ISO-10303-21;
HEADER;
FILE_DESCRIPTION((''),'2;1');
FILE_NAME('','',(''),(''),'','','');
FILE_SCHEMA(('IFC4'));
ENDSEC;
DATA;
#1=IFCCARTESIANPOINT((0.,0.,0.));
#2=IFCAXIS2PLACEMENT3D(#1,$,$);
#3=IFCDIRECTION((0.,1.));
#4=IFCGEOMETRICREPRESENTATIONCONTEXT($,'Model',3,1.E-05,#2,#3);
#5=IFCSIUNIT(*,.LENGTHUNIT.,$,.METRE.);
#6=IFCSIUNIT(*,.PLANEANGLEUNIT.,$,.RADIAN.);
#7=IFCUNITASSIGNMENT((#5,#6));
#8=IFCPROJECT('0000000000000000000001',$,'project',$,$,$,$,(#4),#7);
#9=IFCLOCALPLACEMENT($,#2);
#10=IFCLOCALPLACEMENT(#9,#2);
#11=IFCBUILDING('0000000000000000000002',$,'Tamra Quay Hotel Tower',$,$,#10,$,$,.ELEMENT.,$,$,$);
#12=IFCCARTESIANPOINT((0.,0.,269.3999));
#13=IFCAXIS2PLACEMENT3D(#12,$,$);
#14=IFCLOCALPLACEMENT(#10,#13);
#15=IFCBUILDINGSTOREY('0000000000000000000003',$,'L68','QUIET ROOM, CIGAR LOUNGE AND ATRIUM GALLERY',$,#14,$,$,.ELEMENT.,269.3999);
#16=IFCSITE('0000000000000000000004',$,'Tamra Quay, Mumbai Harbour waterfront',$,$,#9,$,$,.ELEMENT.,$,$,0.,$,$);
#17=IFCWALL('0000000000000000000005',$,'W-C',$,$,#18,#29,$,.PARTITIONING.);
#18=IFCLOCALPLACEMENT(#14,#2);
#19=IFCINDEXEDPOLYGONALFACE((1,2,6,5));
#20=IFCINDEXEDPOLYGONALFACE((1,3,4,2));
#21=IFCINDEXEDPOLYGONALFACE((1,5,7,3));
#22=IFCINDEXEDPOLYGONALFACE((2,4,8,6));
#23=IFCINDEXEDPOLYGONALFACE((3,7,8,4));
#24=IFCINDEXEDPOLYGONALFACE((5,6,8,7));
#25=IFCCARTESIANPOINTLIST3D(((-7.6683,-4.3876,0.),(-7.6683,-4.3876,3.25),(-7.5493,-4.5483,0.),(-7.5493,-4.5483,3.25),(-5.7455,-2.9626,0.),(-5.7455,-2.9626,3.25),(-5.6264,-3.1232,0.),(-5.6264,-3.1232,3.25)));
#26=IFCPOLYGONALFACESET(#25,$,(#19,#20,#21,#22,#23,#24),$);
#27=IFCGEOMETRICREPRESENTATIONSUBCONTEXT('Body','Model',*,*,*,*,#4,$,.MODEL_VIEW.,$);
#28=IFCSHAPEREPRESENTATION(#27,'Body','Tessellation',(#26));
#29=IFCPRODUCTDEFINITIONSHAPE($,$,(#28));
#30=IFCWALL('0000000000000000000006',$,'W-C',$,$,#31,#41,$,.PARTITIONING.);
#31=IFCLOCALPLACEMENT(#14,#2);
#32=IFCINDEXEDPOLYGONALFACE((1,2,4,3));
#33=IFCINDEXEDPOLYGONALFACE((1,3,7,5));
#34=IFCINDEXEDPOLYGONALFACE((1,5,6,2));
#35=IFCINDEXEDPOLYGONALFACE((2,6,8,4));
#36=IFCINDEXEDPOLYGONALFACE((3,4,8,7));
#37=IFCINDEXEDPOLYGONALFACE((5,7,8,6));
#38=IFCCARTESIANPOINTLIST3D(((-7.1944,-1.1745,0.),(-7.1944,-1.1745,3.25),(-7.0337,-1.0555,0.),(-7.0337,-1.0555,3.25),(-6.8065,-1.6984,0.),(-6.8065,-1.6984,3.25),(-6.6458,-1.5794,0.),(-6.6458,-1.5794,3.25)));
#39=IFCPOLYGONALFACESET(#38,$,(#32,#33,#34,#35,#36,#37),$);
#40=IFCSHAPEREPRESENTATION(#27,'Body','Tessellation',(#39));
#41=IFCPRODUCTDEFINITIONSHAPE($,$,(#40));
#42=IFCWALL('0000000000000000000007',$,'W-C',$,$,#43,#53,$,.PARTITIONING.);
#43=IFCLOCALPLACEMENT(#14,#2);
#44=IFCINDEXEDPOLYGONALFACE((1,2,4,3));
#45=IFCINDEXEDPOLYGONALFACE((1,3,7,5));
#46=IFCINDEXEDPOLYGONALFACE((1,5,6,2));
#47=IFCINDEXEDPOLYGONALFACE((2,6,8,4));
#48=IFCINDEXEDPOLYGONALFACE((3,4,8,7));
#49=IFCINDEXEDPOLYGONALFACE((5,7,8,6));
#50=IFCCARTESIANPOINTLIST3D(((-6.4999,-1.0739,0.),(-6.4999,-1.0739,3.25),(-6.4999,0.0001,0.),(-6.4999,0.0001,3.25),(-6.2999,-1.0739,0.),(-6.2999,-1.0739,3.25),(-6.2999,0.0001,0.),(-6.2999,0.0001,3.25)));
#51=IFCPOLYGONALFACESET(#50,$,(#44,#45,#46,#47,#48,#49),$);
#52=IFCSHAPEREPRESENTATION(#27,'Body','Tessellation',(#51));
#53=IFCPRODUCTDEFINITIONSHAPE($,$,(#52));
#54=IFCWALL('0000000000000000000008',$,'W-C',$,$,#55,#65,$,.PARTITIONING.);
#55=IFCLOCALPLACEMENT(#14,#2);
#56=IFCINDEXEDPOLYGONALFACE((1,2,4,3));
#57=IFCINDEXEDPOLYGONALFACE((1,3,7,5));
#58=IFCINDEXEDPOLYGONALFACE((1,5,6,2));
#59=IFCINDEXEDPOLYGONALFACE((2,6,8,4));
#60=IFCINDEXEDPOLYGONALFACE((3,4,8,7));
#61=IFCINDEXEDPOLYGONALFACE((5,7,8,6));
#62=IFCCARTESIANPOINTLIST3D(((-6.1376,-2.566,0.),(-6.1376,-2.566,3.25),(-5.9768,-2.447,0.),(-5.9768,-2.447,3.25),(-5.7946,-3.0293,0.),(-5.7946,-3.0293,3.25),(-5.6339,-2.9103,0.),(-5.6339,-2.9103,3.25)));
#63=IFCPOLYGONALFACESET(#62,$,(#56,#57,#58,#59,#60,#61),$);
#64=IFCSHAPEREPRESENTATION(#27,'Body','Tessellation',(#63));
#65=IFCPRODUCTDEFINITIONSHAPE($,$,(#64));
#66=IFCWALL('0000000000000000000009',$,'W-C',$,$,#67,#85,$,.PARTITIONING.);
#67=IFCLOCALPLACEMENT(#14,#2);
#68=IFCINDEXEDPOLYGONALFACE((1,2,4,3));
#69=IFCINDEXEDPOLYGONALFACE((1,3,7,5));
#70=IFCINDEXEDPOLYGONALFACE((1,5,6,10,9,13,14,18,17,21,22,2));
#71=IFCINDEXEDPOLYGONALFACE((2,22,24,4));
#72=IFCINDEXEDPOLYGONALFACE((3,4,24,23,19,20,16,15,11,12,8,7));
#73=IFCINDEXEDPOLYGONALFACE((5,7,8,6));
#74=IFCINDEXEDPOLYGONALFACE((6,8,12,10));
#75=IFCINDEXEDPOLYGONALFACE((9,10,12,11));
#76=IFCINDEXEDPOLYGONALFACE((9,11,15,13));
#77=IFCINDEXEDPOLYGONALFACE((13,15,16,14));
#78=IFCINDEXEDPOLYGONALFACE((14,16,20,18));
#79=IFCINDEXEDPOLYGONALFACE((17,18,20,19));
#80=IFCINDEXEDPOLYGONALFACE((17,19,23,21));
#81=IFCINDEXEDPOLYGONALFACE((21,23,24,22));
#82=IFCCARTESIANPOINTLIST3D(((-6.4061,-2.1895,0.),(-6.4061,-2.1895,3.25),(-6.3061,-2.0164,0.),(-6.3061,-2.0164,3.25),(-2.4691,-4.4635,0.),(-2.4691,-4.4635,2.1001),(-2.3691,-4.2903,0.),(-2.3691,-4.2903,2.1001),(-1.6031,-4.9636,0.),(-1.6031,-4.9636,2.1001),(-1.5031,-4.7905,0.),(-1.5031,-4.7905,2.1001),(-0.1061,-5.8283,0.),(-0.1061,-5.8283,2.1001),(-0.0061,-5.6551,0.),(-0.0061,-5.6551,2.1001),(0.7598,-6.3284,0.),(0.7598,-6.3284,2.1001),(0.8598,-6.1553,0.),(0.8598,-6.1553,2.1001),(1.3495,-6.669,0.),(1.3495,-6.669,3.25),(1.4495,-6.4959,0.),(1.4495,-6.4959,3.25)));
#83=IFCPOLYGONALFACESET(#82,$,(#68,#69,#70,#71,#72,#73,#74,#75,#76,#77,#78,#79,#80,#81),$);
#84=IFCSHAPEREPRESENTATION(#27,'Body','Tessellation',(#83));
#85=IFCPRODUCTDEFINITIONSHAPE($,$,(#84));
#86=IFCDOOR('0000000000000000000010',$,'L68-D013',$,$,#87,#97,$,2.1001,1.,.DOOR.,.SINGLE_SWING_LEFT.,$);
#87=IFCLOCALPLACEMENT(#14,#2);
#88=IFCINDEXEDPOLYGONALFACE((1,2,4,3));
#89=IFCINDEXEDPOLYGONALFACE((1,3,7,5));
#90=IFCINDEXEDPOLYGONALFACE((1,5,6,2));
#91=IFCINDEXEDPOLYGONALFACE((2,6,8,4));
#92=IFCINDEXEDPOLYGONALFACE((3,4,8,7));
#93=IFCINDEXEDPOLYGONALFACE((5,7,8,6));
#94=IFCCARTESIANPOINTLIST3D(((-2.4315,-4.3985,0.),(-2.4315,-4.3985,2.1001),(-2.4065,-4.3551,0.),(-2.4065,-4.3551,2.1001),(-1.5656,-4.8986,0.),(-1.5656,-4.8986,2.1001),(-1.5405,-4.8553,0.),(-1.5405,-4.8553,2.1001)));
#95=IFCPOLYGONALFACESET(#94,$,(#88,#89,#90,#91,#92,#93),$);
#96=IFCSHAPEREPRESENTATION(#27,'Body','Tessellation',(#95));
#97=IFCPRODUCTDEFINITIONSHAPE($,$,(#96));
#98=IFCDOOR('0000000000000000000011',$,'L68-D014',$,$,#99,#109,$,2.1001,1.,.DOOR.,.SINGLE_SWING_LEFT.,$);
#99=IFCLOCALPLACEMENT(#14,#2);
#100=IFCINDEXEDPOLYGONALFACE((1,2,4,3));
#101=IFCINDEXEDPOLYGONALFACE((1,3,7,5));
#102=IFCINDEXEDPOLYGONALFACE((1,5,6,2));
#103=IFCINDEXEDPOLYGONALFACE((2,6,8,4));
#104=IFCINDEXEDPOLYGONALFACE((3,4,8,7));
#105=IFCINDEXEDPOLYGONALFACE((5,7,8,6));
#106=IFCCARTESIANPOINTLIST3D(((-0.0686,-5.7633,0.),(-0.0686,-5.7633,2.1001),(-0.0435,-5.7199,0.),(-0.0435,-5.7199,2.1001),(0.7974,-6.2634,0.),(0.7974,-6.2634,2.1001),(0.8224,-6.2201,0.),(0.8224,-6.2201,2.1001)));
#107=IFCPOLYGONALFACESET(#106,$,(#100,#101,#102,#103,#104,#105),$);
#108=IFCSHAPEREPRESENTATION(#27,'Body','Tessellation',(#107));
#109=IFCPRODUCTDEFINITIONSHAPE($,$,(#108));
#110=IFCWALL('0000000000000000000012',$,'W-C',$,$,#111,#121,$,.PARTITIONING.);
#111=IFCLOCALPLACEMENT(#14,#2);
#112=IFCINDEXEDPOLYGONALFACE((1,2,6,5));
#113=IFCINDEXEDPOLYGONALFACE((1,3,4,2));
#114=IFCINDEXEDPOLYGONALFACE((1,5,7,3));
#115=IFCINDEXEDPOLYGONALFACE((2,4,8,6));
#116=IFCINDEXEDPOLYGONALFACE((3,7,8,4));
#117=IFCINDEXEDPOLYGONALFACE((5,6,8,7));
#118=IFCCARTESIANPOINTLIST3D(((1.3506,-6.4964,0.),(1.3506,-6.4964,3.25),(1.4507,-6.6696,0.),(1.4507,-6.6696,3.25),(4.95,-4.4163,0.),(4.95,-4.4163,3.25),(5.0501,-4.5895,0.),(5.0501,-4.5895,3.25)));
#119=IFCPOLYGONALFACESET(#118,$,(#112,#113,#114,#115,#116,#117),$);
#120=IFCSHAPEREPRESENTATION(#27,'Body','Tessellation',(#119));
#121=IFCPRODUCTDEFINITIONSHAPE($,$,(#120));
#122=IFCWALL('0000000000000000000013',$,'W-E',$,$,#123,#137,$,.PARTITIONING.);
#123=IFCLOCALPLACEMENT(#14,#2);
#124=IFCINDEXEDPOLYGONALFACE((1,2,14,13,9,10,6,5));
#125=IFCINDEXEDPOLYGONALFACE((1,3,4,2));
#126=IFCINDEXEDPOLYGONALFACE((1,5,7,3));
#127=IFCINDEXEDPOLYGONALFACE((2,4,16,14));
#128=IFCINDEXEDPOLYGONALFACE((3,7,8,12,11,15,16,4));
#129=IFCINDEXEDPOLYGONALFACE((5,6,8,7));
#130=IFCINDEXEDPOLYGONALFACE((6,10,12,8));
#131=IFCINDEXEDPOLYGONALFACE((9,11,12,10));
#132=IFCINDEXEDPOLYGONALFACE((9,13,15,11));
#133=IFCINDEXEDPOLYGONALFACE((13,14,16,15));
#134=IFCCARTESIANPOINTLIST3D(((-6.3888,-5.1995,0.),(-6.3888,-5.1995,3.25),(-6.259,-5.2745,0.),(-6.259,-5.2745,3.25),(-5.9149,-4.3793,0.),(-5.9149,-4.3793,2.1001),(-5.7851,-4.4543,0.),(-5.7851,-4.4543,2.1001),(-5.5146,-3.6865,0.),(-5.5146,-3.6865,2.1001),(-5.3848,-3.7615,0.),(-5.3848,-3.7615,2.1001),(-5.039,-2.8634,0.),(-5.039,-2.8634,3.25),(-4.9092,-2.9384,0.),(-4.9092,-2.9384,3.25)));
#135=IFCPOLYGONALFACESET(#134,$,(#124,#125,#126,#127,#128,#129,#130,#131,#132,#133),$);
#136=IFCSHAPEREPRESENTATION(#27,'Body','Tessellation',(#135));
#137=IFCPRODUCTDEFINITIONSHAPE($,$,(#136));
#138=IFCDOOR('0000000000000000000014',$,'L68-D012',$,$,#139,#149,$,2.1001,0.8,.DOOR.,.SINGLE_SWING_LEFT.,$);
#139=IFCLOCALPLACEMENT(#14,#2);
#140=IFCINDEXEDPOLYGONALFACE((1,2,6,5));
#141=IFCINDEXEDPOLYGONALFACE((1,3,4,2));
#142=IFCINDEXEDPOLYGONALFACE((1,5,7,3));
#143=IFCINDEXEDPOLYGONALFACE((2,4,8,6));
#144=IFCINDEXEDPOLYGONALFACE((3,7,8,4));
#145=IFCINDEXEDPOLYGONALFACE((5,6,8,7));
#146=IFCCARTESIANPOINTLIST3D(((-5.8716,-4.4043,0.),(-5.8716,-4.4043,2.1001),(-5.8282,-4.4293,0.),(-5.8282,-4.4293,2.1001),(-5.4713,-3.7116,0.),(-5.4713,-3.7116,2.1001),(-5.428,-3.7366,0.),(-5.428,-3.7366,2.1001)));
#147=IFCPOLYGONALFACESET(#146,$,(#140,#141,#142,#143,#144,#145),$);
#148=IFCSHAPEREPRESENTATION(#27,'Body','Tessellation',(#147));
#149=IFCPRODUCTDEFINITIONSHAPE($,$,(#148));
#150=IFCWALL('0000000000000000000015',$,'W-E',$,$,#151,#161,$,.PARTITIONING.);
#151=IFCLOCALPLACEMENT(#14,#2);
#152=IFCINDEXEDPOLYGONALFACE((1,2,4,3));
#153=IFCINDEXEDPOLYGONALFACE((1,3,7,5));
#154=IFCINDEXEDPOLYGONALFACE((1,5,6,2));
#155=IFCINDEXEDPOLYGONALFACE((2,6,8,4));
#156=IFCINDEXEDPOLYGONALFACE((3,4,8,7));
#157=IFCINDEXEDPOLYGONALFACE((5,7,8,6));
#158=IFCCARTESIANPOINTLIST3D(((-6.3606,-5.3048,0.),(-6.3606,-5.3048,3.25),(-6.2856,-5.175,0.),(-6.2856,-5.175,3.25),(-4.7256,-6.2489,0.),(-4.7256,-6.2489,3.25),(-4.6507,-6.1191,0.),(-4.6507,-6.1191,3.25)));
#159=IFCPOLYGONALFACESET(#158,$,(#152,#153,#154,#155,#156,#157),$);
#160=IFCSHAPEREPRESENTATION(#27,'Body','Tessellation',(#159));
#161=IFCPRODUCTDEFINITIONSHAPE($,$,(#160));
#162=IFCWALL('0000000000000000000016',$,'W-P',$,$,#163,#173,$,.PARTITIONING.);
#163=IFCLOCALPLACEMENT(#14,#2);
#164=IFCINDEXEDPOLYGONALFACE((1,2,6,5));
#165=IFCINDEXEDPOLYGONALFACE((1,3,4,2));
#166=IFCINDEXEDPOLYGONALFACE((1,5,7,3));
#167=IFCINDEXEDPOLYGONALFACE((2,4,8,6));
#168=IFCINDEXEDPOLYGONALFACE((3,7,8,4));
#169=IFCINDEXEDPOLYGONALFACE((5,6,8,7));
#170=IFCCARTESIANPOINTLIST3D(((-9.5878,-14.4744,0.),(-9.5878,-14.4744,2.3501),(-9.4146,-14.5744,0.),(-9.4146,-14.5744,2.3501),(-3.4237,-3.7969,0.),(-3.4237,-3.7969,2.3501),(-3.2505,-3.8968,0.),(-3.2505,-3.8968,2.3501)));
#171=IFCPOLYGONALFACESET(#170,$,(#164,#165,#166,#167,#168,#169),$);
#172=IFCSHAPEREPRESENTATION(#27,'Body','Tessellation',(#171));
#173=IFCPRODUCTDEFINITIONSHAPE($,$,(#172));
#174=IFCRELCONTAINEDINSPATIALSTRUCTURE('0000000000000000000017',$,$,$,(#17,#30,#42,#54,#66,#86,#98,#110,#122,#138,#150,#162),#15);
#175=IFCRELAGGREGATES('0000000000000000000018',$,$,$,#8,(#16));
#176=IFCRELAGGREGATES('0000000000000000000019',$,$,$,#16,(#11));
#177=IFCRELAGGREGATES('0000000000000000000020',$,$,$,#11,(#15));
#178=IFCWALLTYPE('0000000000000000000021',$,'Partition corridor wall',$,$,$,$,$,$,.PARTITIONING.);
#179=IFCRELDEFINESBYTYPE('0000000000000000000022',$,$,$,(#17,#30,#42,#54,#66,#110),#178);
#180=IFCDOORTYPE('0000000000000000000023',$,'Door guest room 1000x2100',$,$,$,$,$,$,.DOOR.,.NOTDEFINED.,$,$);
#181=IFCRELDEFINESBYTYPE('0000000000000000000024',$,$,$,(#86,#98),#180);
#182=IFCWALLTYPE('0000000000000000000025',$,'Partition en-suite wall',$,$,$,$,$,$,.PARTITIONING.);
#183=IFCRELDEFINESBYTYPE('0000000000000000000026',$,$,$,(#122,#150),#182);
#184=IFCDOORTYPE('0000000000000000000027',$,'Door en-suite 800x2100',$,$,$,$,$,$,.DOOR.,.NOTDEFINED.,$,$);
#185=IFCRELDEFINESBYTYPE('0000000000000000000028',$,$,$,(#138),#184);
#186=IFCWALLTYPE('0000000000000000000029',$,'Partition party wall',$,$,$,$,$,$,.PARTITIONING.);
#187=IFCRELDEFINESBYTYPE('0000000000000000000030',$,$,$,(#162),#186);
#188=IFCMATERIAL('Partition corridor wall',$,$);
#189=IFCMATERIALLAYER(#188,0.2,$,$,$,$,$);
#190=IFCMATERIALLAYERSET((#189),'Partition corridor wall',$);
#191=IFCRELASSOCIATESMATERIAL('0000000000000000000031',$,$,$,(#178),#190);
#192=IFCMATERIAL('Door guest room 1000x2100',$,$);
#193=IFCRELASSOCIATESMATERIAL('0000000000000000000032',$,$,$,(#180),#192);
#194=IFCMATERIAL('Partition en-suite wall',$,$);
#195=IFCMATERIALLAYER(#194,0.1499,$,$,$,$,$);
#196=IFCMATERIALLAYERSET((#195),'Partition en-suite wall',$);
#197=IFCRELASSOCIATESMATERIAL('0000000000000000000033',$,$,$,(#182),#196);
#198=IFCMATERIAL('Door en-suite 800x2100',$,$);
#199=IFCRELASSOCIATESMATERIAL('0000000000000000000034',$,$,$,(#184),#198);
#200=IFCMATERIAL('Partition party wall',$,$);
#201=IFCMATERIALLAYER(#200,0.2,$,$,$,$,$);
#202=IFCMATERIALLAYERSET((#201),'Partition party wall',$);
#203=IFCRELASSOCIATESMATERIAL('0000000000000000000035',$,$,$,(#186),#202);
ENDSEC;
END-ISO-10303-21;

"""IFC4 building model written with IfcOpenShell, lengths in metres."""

from ifc_helpers import new_model, si_unit, direction, frame, frame_2d, origin, place, context, subcontext, project, spatial, rectangle, extrude, material, layer, layer_set, type_object, element, fill, save


model = new_model("IFC4")

# Units and contexts
model_context = context("Model", 3, precision=1e-05, world=origin(), true_north=direction((0.0, 1.0)))
body_context = subcontext(model_context, "Body", "Model", "MODEL_VIEW")
ifc_project = project(units=[si_unit("LENGTHUNIT", "METRE"), si_unit("PLANEANGLEUNIT", "RADIAN")], contexts=[model_context])

# Site, building, storey
site_placement = place(None, origin())
site = spatial("IfcSite", under=ifc_project, at=site_placement, Name="Tamra Quay, Mumbai Harbour waterfront", CompositionType="ELEMENT", RefElevation=0.0)
building_placement = place(site_placement, origin())
building = spatial("IfcBuilding", under=site, at=building_placement, Name="Tamra Quay Hotel Tower", CompositionType="ELEMENT")
storey_placement = place(building_placement, frame((0.0, 0.0, 269.3999)))
storey = spatial("IfcBuildingStorey", under=building, at=storey_placement, Name="L68", Description="QUIET ROOM, CIGAR LOUNGE AND ATRIUM GALLERY", CompositionType="ELEMENT", Elevation=269.3999)

# Shared definitions
ifc_material_1 = material(Name="Partition corridor wall")
ifc_layer_1 = layer(ifc_material_1, 0.2)
ifc_layer_set_1 = layer_set([ifc_layer_1], Name="Partition corridor wall")
wall_type_1 = type_object("IfcWallType", Name="Partition corridor wall", PredefinedType="PARTITIONING", material=ifc_layer_set_1)

# Walls
wall_1_placement = place(storey_placement, frame((-7.6089, -4.468, 0.0), z_axis=(0.0, 0.0, 1.0), x_axis=(0.803414, 0.59542, 0.0)))
element("IfcWall", 1, at=wall_1_placement, inside=storey, type_object=wall_type_1, Name="W-C", PredefinedType="PARTITIONING", context=body_context, shape_type="SweptSolid", body=[
    extrude(rectangle(XDim=2.3933, YDim=0.2, at=frame_2d((1.1968, 0.0))), origin(), (0.0, 0.0, 1.0), 3.25),
])
wall_2_placement = place(storey_placement, frame((-7.114, -1.115, 0.0), z_axis=(0.0, 0.0, 1.0), x_axis=(0.595075, -0.80367, 0.0)))
element("IfcWall", 2, at=wall_2_placement, inside=storey, type_object=wall_type_1, Name="W-C", PredefinedType="PARTITIONING", context=body_context, shape_type="SweptSolid", body=[
    extrude(rectangle(XDim=0.6519, YDim=0.2, at=frame_2d((0.3259, 0.0))), origin(), (0.0, 0.0, 1.0), 3.25),
])
wall_3_placement = place(storey_placement, frame((-6.3999, -1.074, 0.0), z_axis=(0.0, 0.0, 1.0), x_axis=(0.0, 1.0, 0.0)))
element("IfcWall", 3, at=wall_3_placement, inside=storey, type_object=wall_type_1, Name="W-C", PredefinedType="PARTITIONING", context=body_context, shape_type="SweptSolid", body=[
    extrude(rectangle(XDim=1.074, YDim=0.2, at=frame_2d((0.5371, 0.0))), origin(), (0.0, 0.0, 1.0), 3.25),
])
wall_4_placement = place(storey_placement, frame((-6.0571, -2.5066, 0.0), z_axis=(0.0, 0.0, 1.0), x_axis=(0.594974, -0.803745, 0.0)))
element("IfcWall", 4, at=wall_4_placement, inside=storey, type_object=wall_type_1, Name="W-C", PredefinedType="PARTITIONING", context=body_context, shape_type="SweptSolid", body=[
    extrude(rectangle(XDim=0.5764, YDim=0.2, at=frame_2d((0.2881, 0.0))), origin(), (0.0, 0.0, 1.0), 3.25),
])

# Wall, openings, doors
wall_5_placement = place(storey_placement, frame((-6.356, -2.103, 0.0), z_axis=(0.0, 0.0, 1.0), x_axis=(0.865939, -0.50015, 0.0)))
wall_5 = element("IfcWall", 5, at=wall_5_placement, inside=storey, type_object=wall_type_1, Name="W-C", PredefinedType="PARTITIONING", context=body_context, shape_type="SweptSolid", body=[
    extrude(rectangle(XDim=8.9563, YDim=0.2, at=frame_2d((4.478, 0.0))), origin(), (0.0, 0.0, 1.0), 3.25),
])
opening_1_placement = place(wall_5_placement, frame((4.5464, 0.0, 0.0)))
opening_1 = element("IfcOpeningElement", 6, at=opening_1_placement, cuts=wall_5, PredefinedType="OPENING", context=body_context, shape_type="SweptSolid", body=[
    extrude(rectangle(XDim=1.0, YDim=2.1001, at=frame_2d((0.5, 1.05))), frame((0.0, 0.1099, 0.0), z_axis=(0.0, -1.0, 0.0), x_axis=(1.0, 0.0, 0.0)), (0.0, 0.0, 1.0), 0.22),
])
opening_2_placement = place(wall_5_placement, frame((7.2751, 0.0, 0.0)))
opening_2 = element("IfcOpeningElement", 7, at=opening_2_placement, cuts=wall_5, PredefinedType="OPENING", context=body_context, shape_type="SweptSolid", body=[
    extrude(rectangle(XDim=1.0, YDim=2.1001, at=frame_2d((0.5, 1.05))), frame((0.0, 0.1099, 0.0), z_axis=(0.0, -1.0, 0.0), x_axis=(1.0, 0.0, 0.0)), (0.0, 0.0, 1.0), 0.22),
])
ifc_material_2 = material(Name="Door guest room 1000x2100")
door_type_1 = type_object("IfcDoorType", Name="Door guest room 1000x2100", OperationType="NOTDEFINED", PredefinedType="DOOR", material=ifc_material_2)
door_1_placement = place(opening_1_placement, frame((1.0, 0.0, 0.0), z_axis=(0.0, 0.0, 1.0), x_axis=(-1.0, 0.0, 0.0)))
door_1 = element("IfcDoor", 8, at=door_1_placement, inside=storey, type_object=door_type_1, Name="L68-D013", OperationType="SINGLE_SWING_LEFT", OverallHeight=2.1001, OverallWidth=1.0, PredefinedType="DOOR", context=body_context, shape_type="SweptSolid", body=[
    extrude(rectangle(XDim=1.0, YDim=2.1001, at=frame_2d((0.5, 1.05))), frame((0.0, 0.0249, 0.0), z_axis=(0.0, -1.0, 0.0), x_axis=(1.0, 0.0, 0.0)), (0.0, 0.0, 1.0), 0.05),
])
fill(opening_1, door_1)
door_2_placement = place(opening_2_placement, frame((1.0, 0.0, 0.0), z_axis=(0.0, 0.0, 1.0), x_axis=(-1.0, 0.0, 0.0)))
door_2 = element("IfcDoor", 9, at=door_2_placement, inside=storey, type_object=door_type_1, Name="L68-D014", OperationType="SINGLE_SWING_LEFT", OverallHeight=2.1001, OverallWidth=1.0, PredefinedType="DOOR", context=body_context, shape_type="SweptSolid", body=[
    extrude(rectangle(XDim=1.0, YDim=2.1001, at=frame_2d((0.5, 1.05))), frame((0.0, 0.0249, 0.0), z_axis=(0.0, -1.0, 0.0), x_axis=(1.0, 0.0, 0.0)), (0.0, 0.0, 1.0), 0.05),
])
fill(opening_2, door_2)

# Wall
wall_6_placement = place(storey_placement, frame((1.4006, -6.583, 0.0), z_axis=(0.0, 0.0, 1.0), x_axis=(0.865819, 0.500358, 0.0)))
element("IfcWall", 10, at=wall_6_placement, inside=storey, type_object=wall_type_1, Name="W-C", PredefinedType="PARTITIONING", context=body_context, shape_type="SweptSolid", body=[
    extrude(rectangle(XDim=4.1572, YDim=0.2, at=frame_2d((2.0786, 0.0))), origin(), (0.0, 0.0, 1.0), 3.25),
])

# Wall, opening, door
ifc_material_3 = material(Name="Partition en-suite wall")
ifc_layer_2 = layer(ifc_material_3, 0.1499)
ifc_layer_set_2 = layer_set([ifc_layer_2], Name="Partition en-suite wall")
wall_type_2 = type_object("IfcWallType", Name="Partition en-suite wall", PredefinedType="PARTITIONING", material=ifc_layer_set_2)
wall_7_placement = place(storey_placement, frame((-6.324, -5.2371, 0.0), z_axis=(0.0, 0.0, 1.0), x_axis=(0.500294, 0.865855, 0.0)))
wall_7 = element("IfcWall", 11, at=wall_7_placement, inside=storey, type_object=wall_type_2, Name="W-E", PredefinedType="PARTITIONING", context=body_context, shape_type="SweptSolid", body=[
    extrude(rectangle(XDim=2.698, YDim=0.1499, at=frame_2d((1.3491, 0.0))), origin(), (0.0, 0.0, 1.0), 3.25),
])
opening_3_placement = place(wall_7_placement, frame((0.9475, 0.0, 0.0)))
opening_3 = element("IfcOpeningElement", 12, at=opening_3_placement, cuts=wall_7, PredefinedType="OPENING", context=body_context, shape_type="SweptSolid", body=[
    extrude(rectangle(XDim=0.8, YDim=2.1001, at=frame_2d((0.3999, 1.05))), frame((0.0, 0.085, 0.0), z_axis=(0.0, -1.0, 0.0), x_axis=(1.0, 0.0, 0.0)), (0.0, 0.0, 1.0), 0.1699),
])
ifc_material_4 = material(Name="Door en-suite 800x2100")
door_type_2 = type_object("IfcDoorType", Name="Door en-suite 800x2100", OperationType="NOTDEFINED", PredefinedType="DOOR", material=ifc_material_4)
door_3_placement = place(opening_3_placement, origin())
door_3 = element("IfcDoor", 13, at=door_3_placement, inside=storey, type_object=door_type_2, Name="L68-D012", OperationType="SINGLE_SWING_LEFT", OverallHeight=2.1001, OverallWidth=0.8, PredefinedType="DOOR", context=body_context, shape_type="SweptSolid", body=[
    extrude(rectangle(XDim=0.8, YDim=2.1001, at=frame_2d((0.3999, 1.05))), frame((0.0, 0.0249, 0.0), z_axis=(0.0, -1.0, 0.0), x_axis=(1.0, 0.0, 0.0)), (0.0, 0.0, 1.0), 0.05),
])
fill(opening_3, door_3)

# Walls
wall_8_placement = place(storey_placement, frame((-6.323, -5.24, 0.0), z_axis=(0.0, 0.0, 1.0), x_axis=(0.865998, -0.500047, 0.0)))
element("IfcWall", 14, at=wall_8_placement, inside=storey, type_object=wall_type_2, Name="W-E", PredefinedType="PARTITIONING", context=body_context, shape_type="SweptSolid", body=[
    extrude(rectangle(XDim=1.8879, YDim=0.1499, at=frame_2d((0.9438, 0.0))), origin(), (0.0, 0.0, 1.0), 3.25),
])
ifc_material_5 = material(Name="Partition party wall")
ifc_layer_3 = layer(ifc_material_5, 0.2)
ifc_layer_set_3 = layer_set([ifc_layer_3], Name="Partition party wall")
wall_type_3 = type_object("IfcWallType", Name="Partition party wall", PredefinedType="PARTITIONING", material=ifc_layer_set_3)
wall_9_placement = place(storey_placement, frame((-9.5012, -14.5244, 0.0), z_axis=(0.0, 0.0, 1.0), x_axis=(0.499964, 0.866046, 0.0)))
element("IfcWall", 15, at=wall_9_placement, inside=storey, type_object=wall_type_3, Name="W-P", PredefinedType="PARTITIONING", context=body_context, shape_type="SweptSolid", body=[
    extrude(rectangle(XDim=12.3291, YDim=0.2, at=frame_2d((6.1646, 0.0))), origin(), (0.0, 0.0, 1.0), 2.3501),
])

save(model, "model.ifc")
